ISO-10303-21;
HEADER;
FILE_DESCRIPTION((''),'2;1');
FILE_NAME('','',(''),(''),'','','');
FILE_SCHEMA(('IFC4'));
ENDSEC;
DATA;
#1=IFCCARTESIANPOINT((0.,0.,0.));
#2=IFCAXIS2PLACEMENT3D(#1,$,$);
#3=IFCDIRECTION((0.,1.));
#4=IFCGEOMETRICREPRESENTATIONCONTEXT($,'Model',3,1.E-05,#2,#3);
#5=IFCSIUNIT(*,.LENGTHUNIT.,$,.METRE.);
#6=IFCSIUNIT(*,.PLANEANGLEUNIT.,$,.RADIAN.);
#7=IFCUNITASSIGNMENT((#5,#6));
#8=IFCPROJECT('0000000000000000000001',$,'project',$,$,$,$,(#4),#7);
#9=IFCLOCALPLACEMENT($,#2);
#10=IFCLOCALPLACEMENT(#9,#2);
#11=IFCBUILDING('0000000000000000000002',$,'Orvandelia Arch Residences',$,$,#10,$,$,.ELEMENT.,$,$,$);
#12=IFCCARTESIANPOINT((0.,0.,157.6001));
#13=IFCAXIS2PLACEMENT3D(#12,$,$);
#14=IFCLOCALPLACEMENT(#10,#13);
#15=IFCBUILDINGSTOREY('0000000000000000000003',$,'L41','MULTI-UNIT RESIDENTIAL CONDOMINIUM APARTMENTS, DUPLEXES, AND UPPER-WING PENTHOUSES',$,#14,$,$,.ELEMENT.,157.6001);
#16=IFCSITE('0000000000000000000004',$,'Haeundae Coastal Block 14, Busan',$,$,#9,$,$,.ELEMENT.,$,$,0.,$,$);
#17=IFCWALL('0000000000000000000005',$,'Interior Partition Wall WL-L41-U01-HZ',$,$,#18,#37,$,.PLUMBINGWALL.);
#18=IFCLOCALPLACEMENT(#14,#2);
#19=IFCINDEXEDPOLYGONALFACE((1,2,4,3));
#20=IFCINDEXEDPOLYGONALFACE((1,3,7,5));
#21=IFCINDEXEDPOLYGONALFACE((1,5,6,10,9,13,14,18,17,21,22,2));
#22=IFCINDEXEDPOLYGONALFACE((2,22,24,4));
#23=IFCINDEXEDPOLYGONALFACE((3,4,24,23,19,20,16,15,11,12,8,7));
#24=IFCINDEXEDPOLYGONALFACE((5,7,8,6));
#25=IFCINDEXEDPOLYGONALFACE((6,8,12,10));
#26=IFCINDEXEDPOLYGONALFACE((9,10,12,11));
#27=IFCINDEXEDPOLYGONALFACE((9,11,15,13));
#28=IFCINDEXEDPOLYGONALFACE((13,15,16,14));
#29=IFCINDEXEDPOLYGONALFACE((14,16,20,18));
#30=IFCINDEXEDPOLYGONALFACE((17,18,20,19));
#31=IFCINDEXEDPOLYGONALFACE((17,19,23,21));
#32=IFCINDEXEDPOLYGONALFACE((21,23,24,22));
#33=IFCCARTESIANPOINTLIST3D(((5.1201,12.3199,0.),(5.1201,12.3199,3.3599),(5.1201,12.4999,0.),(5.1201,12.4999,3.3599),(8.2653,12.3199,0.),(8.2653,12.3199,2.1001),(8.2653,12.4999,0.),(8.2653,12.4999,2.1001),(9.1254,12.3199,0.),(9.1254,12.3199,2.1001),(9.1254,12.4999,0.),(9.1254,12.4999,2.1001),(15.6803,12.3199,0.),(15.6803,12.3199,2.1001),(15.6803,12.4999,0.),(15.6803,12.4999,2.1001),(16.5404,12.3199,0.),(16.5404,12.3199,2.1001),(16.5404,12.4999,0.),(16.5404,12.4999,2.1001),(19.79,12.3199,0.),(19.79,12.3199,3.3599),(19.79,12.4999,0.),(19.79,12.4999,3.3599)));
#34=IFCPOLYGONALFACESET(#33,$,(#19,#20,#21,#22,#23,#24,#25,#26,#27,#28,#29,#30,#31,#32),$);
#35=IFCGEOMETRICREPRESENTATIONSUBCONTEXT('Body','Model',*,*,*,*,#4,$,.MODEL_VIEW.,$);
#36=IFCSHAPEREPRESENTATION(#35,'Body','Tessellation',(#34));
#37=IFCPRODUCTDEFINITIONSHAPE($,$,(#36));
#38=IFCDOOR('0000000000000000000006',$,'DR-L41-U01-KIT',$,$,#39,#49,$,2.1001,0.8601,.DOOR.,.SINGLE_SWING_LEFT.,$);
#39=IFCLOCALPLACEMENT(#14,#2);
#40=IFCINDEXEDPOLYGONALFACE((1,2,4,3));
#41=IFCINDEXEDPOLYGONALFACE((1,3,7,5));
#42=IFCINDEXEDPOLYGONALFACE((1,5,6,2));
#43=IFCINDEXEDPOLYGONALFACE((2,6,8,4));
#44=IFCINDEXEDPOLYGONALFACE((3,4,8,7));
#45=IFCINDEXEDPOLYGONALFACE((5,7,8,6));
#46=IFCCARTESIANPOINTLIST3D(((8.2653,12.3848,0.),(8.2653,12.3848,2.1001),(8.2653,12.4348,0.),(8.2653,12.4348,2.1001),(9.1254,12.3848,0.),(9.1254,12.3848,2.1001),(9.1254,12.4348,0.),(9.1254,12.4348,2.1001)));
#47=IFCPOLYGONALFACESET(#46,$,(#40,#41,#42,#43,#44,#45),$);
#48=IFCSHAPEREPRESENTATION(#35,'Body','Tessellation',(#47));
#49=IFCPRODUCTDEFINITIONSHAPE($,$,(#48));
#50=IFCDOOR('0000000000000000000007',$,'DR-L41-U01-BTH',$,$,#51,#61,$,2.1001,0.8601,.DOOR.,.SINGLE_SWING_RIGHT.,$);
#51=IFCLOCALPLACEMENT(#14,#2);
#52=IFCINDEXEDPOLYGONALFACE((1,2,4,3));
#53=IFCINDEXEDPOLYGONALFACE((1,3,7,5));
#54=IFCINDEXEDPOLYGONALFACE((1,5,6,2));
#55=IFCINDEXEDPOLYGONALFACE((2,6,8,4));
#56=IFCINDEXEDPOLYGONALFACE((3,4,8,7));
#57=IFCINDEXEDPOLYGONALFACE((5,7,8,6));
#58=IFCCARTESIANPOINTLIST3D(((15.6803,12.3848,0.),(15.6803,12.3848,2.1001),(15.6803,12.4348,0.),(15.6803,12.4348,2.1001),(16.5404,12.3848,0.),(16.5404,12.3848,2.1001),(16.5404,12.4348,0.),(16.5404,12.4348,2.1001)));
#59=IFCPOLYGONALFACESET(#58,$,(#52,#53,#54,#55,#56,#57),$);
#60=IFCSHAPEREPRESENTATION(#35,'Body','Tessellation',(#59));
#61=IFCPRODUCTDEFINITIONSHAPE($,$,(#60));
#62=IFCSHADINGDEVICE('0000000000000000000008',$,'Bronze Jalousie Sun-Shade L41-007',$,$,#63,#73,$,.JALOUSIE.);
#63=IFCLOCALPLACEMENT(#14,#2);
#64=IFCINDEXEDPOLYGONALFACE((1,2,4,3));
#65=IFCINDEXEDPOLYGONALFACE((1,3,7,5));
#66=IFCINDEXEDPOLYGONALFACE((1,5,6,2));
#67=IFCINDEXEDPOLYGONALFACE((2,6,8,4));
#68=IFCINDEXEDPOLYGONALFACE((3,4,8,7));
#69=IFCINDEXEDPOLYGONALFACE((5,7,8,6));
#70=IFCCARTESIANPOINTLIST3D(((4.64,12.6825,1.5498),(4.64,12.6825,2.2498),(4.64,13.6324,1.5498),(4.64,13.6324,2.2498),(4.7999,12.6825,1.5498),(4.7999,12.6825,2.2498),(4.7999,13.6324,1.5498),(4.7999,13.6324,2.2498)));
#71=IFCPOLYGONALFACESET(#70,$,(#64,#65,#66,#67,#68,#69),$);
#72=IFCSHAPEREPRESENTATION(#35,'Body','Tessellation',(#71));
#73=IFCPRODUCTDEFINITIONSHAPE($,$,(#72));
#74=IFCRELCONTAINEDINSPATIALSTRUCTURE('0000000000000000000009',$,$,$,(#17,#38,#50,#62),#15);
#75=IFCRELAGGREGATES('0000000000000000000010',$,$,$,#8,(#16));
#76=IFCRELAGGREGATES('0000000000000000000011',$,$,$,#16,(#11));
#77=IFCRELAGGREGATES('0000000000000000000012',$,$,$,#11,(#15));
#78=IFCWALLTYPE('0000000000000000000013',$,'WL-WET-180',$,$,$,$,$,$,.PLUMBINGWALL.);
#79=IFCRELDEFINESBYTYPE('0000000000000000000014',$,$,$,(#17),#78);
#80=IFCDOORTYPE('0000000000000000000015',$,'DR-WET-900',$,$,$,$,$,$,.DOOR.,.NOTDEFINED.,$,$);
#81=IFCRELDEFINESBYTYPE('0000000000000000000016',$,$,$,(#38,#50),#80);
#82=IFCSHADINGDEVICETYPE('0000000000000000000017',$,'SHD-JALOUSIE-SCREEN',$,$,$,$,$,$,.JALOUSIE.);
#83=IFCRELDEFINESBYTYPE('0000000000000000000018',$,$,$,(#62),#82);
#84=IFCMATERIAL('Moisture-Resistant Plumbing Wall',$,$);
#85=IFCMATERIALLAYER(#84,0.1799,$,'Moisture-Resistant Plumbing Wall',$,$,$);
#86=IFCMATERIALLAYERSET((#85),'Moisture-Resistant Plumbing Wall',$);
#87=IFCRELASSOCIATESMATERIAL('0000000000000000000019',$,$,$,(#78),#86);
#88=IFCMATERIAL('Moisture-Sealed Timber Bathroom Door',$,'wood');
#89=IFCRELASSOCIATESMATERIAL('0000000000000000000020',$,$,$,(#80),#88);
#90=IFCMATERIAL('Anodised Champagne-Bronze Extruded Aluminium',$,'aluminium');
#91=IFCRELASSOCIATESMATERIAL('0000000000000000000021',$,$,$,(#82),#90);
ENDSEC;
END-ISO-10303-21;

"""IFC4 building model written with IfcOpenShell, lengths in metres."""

from ifc_helpers import new_model, si_unit, direction, frame, frame_2d, origin, origin_2d, place, context, subcontext, project, spatial, rectangle, extrude, material, layer, layer_set, type_object, element, fill, save


model = new_model("IFC4")

# Units and contexts
model_context = context("Model", 3, precision=1e-05, world=origin(), true_north=direction((0.0, 1.0)))
body_context = subcontext(model_context, "Body", "Model", "MODEL_VIEW")
ifc_project = project(units=[si_unit("LENGTHUNIT", "METRE"), si_unit("PLANEANGLEUNIT", "RADIAN")], contexts=[model_context])

# Site, building, storey
site_placement = place(None, origin())
site = spatial("IfcSite", under=ifc_project, at=site_placement, Name="Haeundae Coastal Block 14, Busan", CompositionType="ELEMENT", RefElevation=0.0)
building_placement = place(site_placement, origin())
building = spatial("IfcBuilding", under=site, at=building_placement, Name="Orvandelia Arch Residences", CompositionType="ELEMENT")
storey_placement = place(building_placement, frame((0.0, 0.0, 157.6001)))
storey = spatial("IfcBuildingStorey", under=building, at=storey_placement, Name="L41", Description="MULTI-UNIT RESIDENTIAL CONDOMINIUM APARTMENTS, DUPLEXES, AND UPPER-WING PENTHOUSES", CompositionType="ELEMENT", Elevation=157.6001)

# Wall, openings, doors
ifc_material_1 = material(Name="Moisture-Resistant Plumbing Wall")
ifc_layer_1 = layer(ifc_material_1, 0.1799, Name="Moisture-Resistant Plumbing Wall")
ifc_layer_set_1 = layer_set([ifc_layer_1], Name="Moisture-Resistant Plumbing Wall")
wall_type_1 = type_object("IfcWallType", Name="WL-WET-180", PredefinedType="PLUMBINGWALL", material=ifc_layer_set_1)
wall_1_placement = place(storey_placement, frame((5.1201, 12.4099, 0.0), z_axis=(0.0, 0.0, 1.0), x_axis=(1.0, 0.0, 0.0)))
wall_1 = element("IfcWall", 1, at=wall_1_placement, inside=storey, type_object=wall_type_1, Name="Interior Partition Wall WL-L41-U01-HZ", PredefinedType="PLUMBINGWALL", context=body_context, shape_type="SweptSolid", body=[
    extrude(rectangle(XDim=14.6699, YDim=0.1799, at=frame_2d((7.335, 0.0))), origin(), (0.0, 0.0, 1.0), 3.3599),
])
opening_1_placement = place(wall_1_placement, frame((3.145, 0.0, 0.0)))
opening_1 = element("IfcOpeningElement", 2, at=opening_1_placement, cuts=wall_1, PredefinedType="OPENING", context=body_context, shape_type="SweptSolid", body=[
    extrude(rectangle(XDim=0.8601, YDim=2.1001, at=frame_2d((0.4302, 1.05))), frame((0.0, 0.1001, 0.0), z_axis=(0.0, -1.0, 0.0), x_axis=(1.0, 0.0, 0.0)), (0.0, 0.0, 1.0), 0.2),
])
opening_2_placement = place(wall_1_placement, frame((10.5601, 0.0, 0.0)))
opening_2 = element("IfcOpeningElement", 3, at=opening_2_placement, cuts=wall_1, PredefinedType="OPENING", context=body_context, shape_type="SweptSolid", body=[
    extrude(rectangle(XDim=0.8601, YDim=2.1001, at=frame_2d((0.4302, 1.05))), frame((0.0, 0.1001, 0.0), z_axis=(0.0, -1.0, 0.0), x_axis=(1.0, 0.0, 0.0)), (0.0, 0.0, 1.0), 0.2),
])
ifc_material_2 = material(Name="Moisture-Sealed Timber Bathroom Door", Category="wood")
door_type_1 = type_object("IfcDoorType", Name="DR-WET-900", OperationType="NOTDEFINED", PredefinedType="DOOR", material=ifc_material_2)
door_1_placement = place(opening_1_placement, origin())
door_1 = element("IfcDoor", 4, at=door_1_placement, inside=storey, type_object=door_type_1, Name="DR-L41-U01-KIT", OperationType="SINGLE_SWING_LEFT", OverallHeight=2.1001, OverallWidth=0.8601, PredefinedType="DOOR", context=body_context, shape_type="SweptSolid", body=[
    extrude(rectangle(XDim=0.8601, YDim=2.1001, at=frame_2d((0.4302, 1.05))), frame((0.0, 0.0249, 0.0), z_axis=(0.0, -1.0, 0.0), x_axis=(1.0, 0.0, 0.0)), (0.0, 0.0, 1.0), 0.05),
])
fill(opening_1, door_1)
door_2_placement = place(opening_2_placement, origin())
door_2 = element("IfcDoor", 5, at=door_2_placement, inside=storey, type_object=door_type_1, Name="DR-L41-U01-BTH", OperationType="SINGLE_SWING_RIGHT", OverallHeight=2.1001, OverallWidth=0.8601, PredefinedType="DOOR", context=body_context, shape_type="SweptSolid", body=[
    extrude(rectangle(XDim=0.8601, YDim=2.1001, at=frame_2d((0.4302, 1.05))), frame((0.0, 0.0249, 0.0), z_axis=(0.0, -1.0, 0.0), x_axis=(1.0, 0.0, 0.0)), (0.0, 0.0, 1.0), 0.05),
])
fill(opening_2, door_2)

# Shading device
ifc_material_3 = material(Name="Anodised Champagne-Bronze Extruded Aluminium", Category="aluminium")
shading_device_type = type_object("IfcShadingDeviceType", Name="SHD-JALOUSIE-SCREEN", PredefinedType="JALOUSIE", material=ifc_material_3)
shading_device_placement = place(storey_placement, frame((4.72, 13.1575, 1.5498), z_axis=(0.0, 0.0, 1.0), x_axis=(0.0, 1.0, 0.0)))
element("IfcShadingDevice", 6, at=shading_device_placement, inside=storey, type_object=shading_device_type, Name="Bronze Jalousie Sun-Shade L41-007", PredefinedType="JALOUSIE", context=body_context, shape_type="SweptSolid", body=[
    extrude(rectangle(XDim=0.95, YDim=0.1599, at=origin_2d()), origin(), (0.0, 0.0, 1.0), 0.7),
])

save(model, "model.ifc")
